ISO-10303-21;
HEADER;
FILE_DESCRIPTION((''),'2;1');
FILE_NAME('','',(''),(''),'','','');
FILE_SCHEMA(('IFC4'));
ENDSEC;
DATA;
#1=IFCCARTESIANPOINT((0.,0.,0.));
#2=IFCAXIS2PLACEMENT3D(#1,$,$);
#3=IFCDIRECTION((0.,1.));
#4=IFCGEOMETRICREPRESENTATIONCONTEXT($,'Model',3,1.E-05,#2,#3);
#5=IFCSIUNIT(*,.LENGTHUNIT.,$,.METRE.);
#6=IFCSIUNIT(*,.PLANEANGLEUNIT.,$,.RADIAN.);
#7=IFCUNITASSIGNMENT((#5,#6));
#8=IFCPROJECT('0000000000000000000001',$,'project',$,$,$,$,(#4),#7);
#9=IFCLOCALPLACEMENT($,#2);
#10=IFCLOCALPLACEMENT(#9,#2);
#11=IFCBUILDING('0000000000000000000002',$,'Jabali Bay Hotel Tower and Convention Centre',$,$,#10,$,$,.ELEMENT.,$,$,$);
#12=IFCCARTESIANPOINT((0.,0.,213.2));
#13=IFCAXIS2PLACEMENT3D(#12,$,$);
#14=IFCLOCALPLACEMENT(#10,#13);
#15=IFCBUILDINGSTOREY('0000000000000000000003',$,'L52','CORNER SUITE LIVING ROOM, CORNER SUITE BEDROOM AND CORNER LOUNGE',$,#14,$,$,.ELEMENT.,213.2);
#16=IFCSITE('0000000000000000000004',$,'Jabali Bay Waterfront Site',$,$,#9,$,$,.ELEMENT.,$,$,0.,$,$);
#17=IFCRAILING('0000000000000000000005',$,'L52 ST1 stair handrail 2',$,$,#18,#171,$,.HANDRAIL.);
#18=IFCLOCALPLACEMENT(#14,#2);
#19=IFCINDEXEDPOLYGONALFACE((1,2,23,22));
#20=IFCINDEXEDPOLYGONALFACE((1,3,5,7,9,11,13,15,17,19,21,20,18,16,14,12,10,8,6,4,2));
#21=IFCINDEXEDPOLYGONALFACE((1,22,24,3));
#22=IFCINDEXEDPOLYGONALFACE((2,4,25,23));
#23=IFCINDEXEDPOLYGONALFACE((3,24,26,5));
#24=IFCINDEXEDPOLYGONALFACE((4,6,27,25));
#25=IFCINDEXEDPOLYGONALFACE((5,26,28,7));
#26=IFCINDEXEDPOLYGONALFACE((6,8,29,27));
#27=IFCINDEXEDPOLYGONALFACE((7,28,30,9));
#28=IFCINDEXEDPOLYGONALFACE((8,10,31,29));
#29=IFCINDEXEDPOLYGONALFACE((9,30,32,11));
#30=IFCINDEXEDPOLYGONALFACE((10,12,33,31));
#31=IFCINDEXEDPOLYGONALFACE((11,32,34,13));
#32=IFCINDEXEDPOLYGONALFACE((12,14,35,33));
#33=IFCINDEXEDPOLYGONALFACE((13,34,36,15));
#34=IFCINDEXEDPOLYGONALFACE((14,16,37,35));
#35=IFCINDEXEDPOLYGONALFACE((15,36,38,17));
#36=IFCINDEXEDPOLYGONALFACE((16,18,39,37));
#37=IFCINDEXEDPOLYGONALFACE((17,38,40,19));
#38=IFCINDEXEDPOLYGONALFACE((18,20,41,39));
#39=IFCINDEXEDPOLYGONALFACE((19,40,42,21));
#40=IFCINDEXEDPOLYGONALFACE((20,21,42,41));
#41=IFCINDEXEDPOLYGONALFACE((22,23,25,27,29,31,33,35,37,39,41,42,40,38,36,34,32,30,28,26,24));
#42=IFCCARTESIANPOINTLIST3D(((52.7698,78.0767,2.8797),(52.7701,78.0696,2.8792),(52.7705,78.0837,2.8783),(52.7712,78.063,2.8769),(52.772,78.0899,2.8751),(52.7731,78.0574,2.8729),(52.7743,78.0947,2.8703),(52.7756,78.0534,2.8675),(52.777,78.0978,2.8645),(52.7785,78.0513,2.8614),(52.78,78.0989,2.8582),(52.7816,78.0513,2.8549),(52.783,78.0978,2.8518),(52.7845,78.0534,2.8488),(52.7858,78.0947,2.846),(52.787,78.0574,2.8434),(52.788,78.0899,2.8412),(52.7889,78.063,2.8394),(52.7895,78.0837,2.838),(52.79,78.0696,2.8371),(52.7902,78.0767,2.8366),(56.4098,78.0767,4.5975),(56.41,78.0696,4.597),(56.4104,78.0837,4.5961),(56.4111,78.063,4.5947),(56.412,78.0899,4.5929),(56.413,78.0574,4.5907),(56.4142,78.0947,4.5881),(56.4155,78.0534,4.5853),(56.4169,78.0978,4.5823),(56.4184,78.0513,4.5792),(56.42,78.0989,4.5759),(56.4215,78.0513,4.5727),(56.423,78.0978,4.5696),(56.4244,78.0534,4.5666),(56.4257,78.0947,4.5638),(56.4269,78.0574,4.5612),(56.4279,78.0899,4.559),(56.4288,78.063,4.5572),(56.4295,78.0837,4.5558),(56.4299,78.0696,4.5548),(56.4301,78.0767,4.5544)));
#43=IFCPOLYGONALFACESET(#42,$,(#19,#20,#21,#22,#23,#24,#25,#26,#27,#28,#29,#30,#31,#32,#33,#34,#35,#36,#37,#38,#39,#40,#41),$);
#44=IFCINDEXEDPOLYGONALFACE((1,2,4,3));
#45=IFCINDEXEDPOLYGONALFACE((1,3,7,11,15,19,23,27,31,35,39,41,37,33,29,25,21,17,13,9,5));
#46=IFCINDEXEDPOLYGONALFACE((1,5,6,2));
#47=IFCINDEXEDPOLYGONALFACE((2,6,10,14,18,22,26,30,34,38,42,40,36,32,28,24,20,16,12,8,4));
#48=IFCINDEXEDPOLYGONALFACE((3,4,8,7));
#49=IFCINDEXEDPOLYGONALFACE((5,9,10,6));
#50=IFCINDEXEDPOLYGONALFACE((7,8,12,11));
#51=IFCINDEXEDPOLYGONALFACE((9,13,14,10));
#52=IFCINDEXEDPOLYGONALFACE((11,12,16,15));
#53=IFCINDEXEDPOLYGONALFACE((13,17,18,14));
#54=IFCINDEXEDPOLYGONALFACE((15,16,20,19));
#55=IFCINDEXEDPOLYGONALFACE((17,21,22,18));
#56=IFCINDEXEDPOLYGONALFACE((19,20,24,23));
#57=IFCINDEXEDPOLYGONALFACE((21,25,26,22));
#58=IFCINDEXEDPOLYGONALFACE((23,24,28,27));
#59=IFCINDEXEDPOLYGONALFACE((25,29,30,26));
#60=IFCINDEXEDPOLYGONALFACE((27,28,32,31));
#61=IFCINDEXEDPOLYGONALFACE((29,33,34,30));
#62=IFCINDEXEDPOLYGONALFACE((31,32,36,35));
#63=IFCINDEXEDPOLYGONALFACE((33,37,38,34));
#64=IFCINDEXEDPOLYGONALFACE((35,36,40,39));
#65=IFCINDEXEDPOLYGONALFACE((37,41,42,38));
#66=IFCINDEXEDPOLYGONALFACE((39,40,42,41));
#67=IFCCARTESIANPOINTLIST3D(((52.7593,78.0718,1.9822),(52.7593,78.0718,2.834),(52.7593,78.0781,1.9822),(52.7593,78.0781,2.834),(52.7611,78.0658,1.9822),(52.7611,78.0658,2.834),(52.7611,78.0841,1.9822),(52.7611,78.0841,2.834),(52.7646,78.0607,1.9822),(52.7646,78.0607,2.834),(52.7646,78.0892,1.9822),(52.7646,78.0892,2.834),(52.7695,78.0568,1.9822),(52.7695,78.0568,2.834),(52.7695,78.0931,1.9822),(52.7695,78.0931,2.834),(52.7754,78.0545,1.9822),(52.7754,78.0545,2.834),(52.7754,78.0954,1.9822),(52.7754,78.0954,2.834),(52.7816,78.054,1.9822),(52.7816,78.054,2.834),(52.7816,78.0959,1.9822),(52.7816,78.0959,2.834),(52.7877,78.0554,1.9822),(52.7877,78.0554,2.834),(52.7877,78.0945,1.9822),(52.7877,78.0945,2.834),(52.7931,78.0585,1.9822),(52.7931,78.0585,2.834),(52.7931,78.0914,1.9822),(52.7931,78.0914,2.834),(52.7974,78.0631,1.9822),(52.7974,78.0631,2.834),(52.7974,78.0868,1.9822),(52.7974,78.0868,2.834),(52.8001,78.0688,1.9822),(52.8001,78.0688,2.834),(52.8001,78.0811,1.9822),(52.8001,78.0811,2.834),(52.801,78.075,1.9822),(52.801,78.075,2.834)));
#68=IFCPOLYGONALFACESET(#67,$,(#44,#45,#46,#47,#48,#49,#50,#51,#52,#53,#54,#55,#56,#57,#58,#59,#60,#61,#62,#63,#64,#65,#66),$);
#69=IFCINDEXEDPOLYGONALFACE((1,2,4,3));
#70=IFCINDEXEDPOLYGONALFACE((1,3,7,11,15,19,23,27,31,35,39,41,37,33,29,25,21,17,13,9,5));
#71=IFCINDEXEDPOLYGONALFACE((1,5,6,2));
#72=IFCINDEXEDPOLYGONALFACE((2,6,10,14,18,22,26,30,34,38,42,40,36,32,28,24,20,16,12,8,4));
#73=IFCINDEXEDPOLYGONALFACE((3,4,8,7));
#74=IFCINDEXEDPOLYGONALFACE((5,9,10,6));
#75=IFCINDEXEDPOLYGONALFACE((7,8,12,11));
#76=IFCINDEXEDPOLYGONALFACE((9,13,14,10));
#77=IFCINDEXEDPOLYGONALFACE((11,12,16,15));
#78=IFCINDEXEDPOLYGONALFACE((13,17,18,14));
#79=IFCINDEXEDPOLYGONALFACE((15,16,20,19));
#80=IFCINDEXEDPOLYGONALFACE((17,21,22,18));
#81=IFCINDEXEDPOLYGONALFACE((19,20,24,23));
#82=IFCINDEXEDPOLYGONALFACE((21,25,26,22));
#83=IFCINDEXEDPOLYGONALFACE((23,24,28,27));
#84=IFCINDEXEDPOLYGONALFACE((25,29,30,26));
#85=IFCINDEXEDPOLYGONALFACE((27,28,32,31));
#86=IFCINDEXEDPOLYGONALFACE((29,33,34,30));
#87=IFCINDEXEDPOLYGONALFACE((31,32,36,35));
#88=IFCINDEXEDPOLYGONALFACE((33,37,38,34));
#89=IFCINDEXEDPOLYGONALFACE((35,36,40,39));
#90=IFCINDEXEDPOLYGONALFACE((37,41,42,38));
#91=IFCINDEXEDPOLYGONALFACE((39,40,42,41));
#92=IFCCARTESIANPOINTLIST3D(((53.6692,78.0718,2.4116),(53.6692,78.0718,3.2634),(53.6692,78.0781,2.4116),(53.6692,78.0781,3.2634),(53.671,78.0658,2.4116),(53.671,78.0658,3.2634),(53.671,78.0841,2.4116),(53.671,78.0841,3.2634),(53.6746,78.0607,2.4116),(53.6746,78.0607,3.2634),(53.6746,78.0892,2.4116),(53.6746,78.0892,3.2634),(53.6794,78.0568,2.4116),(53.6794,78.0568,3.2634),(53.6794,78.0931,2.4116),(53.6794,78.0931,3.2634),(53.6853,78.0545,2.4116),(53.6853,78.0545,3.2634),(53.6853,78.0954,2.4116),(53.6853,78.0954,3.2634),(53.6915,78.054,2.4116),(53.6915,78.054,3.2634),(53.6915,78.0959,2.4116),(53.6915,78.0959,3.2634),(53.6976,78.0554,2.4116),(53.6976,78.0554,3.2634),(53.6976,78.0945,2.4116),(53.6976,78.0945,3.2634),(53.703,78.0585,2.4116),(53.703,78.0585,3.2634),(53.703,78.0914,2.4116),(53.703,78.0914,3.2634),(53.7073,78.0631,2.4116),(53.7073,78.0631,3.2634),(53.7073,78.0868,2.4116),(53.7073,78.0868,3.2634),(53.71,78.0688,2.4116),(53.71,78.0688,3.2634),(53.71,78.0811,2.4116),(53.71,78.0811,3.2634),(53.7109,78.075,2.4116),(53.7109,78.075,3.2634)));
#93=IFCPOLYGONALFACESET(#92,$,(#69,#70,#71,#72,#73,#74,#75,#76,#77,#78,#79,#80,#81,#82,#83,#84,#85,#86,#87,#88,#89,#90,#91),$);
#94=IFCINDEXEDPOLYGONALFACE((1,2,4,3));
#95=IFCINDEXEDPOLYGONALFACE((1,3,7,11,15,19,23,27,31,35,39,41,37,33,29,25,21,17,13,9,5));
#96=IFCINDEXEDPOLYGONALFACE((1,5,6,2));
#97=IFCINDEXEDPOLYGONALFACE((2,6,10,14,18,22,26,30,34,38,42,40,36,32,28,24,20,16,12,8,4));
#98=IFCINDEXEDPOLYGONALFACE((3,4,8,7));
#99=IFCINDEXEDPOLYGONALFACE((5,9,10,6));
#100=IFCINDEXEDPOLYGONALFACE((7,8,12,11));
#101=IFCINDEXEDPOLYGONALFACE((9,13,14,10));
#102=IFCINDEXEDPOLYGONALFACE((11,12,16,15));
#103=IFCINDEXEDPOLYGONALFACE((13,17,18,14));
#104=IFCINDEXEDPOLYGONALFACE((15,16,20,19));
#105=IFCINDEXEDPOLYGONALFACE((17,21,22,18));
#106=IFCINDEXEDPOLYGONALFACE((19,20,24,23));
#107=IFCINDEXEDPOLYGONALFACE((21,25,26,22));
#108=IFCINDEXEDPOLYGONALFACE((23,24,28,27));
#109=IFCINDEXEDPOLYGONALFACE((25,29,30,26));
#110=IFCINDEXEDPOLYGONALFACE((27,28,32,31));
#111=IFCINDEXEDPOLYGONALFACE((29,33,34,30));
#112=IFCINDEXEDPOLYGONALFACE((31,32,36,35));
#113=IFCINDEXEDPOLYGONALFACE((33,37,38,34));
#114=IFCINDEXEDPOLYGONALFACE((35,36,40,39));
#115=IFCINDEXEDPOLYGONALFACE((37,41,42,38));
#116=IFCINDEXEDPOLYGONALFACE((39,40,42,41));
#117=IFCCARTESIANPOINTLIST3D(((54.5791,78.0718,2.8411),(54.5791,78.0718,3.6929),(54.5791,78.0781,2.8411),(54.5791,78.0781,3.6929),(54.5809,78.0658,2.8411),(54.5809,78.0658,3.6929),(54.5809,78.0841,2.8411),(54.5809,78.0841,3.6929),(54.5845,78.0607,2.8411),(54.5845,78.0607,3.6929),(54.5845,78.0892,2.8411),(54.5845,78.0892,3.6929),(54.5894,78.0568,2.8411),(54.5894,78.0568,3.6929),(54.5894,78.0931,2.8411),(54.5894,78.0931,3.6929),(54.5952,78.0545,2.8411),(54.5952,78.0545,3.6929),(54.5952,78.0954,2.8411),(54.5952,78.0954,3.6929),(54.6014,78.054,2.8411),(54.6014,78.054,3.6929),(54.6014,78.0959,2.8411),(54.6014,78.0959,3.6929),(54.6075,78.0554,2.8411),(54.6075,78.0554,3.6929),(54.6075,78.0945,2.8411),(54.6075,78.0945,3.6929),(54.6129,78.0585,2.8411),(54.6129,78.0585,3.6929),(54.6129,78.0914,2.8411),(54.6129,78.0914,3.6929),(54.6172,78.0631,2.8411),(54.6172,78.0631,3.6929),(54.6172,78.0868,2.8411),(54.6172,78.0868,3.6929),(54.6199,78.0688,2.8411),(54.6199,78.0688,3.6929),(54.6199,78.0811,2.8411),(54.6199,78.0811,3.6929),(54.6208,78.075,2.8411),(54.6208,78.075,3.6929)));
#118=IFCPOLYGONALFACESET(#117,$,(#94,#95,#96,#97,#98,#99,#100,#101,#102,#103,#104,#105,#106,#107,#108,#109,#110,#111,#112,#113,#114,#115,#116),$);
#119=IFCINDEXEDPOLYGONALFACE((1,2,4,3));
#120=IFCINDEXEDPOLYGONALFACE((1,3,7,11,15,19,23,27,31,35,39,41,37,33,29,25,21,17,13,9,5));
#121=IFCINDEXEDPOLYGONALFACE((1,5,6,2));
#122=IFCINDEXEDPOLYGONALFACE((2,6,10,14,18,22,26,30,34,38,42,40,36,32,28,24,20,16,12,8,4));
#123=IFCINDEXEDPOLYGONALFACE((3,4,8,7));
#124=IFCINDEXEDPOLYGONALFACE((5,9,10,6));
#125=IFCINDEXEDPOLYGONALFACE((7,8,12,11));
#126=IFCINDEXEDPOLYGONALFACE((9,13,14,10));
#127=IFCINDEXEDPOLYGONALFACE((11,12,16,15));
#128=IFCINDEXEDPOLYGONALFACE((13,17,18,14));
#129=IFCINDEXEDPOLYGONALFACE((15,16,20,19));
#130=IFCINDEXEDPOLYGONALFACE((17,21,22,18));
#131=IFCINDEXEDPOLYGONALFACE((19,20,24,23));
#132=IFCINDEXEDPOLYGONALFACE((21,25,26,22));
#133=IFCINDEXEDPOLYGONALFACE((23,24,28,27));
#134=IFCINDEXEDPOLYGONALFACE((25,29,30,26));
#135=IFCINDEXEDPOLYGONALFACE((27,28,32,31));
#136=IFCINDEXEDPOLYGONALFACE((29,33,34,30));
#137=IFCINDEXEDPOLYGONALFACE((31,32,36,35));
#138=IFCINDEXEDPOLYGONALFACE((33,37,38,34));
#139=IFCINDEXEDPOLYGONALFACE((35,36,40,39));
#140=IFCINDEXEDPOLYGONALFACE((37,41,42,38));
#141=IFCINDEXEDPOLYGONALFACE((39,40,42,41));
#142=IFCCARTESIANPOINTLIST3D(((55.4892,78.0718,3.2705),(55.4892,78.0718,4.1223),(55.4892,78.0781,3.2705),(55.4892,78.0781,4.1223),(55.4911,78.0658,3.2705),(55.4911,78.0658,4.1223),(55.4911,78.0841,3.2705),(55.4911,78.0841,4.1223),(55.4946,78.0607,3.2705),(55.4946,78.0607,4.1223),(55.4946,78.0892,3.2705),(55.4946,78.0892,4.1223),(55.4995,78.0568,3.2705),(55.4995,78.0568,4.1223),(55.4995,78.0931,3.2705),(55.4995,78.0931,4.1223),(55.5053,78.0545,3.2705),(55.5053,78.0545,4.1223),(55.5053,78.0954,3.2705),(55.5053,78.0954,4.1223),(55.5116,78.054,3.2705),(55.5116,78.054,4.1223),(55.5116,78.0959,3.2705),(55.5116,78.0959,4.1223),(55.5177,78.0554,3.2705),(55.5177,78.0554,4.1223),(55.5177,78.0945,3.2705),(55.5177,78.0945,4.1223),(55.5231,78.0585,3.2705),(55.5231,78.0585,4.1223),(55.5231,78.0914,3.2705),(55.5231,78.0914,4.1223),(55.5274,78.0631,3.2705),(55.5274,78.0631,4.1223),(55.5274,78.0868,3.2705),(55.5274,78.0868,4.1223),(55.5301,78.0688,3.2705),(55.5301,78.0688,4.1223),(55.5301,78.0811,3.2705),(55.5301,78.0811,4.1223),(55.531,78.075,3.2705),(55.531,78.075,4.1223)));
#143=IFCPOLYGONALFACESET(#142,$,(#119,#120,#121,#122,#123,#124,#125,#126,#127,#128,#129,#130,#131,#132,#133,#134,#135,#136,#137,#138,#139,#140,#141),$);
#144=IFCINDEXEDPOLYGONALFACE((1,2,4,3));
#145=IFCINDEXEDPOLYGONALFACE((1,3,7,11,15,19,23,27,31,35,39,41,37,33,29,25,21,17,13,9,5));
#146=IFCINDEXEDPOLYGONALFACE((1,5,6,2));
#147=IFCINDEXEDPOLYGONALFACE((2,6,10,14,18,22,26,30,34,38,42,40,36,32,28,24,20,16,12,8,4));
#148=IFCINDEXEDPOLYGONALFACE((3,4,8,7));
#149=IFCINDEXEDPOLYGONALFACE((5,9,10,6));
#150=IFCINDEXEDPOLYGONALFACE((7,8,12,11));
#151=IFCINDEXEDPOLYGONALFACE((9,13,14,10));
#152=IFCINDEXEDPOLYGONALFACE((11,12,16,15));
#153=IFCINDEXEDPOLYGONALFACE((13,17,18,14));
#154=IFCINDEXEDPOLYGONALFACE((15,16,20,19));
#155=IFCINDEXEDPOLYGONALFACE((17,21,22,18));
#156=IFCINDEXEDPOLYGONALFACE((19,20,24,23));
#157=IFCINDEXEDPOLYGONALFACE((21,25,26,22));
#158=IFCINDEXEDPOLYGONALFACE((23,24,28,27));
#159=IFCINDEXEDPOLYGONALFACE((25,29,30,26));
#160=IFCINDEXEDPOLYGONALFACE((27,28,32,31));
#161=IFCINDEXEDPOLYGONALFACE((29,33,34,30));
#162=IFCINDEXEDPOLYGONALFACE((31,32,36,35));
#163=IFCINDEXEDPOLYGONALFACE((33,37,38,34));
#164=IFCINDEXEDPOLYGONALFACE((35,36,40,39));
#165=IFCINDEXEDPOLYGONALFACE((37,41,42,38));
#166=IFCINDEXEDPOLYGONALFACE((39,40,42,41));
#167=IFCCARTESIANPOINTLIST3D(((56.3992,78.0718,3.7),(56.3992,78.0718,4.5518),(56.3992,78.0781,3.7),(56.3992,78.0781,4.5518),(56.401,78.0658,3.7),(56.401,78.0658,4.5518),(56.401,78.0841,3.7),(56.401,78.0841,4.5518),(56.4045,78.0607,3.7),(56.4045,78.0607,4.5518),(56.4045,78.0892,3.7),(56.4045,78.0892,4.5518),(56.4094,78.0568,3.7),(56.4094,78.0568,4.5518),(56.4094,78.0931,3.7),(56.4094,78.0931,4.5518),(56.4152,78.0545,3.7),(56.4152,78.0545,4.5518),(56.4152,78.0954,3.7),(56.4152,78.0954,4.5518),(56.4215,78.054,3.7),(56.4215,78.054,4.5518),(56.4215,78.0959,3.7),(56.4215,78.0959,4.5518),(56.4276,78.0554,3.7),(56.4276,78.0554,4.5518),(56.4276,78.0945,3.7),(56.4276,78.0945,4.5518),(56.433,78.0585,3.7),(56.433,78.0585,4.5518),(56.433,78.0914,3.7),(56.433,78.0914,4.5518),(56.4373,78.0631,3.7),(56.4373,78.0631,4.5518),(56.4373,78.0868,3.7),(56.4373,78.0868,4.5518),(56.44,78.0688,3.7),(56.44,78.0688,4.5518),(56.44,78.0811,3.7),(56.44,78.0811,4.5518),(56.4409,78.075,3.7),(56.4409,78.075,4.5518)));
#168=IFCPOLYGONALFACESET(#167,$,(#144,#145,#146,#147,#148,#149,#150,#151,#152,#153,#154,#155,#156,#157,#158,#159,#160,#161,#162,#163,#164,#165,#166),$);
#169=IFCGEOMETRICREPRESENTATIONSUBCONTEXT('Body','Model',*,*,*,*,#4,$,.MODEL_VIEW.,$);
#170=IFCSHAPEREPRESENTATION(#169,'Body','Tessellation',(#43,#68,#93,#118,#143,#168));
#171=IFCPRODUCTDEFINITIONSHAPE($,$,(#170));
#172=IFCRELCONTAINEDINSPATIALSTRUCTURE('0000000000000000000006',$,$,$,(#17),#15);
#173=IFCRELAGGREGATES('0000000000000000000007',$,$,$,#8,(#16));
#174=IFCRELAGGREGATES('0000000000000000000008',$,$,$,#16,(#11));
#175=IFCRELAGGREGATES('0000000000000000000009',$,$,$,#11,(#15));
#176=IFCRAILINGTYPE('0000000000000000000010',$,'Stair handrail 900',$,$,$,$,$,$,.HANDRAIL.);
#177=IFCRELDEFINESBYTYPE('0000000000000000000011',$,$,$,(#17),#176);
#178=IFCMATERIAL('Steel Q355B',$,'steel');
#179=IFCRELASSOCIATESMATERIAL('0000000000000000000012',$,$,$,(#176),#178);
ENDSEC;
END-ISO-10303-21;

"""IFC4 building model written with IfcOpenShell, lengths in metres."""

from ifc_helpers import new_model, si_unit, direction, frame, origin, origin_2d, place, context, subcontext, project, spatial, circle, extrude, material, type_object, element, save


model = new_model("IFC4")

# Units and contexts
model_context = context("Model", 3, precision=1e-05, world=origin(), true_north=direction((0.0, 1.0)))
body_context = subcontext(model_context, "Body", "Model", "MODEL_VIEW")
ifc_project = project(units=[si_unit("LENGTHUNIT", "METRE"), si_unit("PLANEANGLEUNIT", "RADIAN")], contexts=[model_context])

# Site, building, storey
site_placement = place(None, origin())
site = spatial("IfcSite", under=ifc_project, at=site_placement, Name="Jabali Bay Waterfront Site", CompositionType="ELEMENT", RefElevation=0.0)
building_placement = place(site_placement, origin())
building = spatial("IfcBuilding", under=site, at=building_placement, Name="Jabali Bay Hotel Tower and Convention Centre", CompositionType="ELEMENT")
storey_placement = place(building_placement, frame((0.0, 0.0, 213.2)))
storey = spatial("IfcBuildingStorey", under=building, at=storey_placement, Name="L52", Description="CORNER SUITE LIVING ROOM, CORNER SUITE BEDROOM AND CORNER LOUNGE", CompositionType="ELEMENT", Elevation=213.2)

# Railing
ifc_material_1 = material(Name="Steel Q355B", Category="steel")
railing_type = type_object("IfcRailingType", Name="Stair handrail 900", PredefinedType="HANDRAIL", material=ifc_material_1)
railing_placement = place(storey_placement, frame((52.78, 78.075, 1.9822)))
element("IfcRailing", 1, at=railing_placement, inside=storey, type_object=railing_type, Name="L52 ST1 stair handrail 2", PredefinedType="HANDRAIL", context=body_context, shape_type="SweptSolid", body=[
    extrude(circle(Radius=0.0239, at=origin_2d()), frame((0.0, 0.0, 0.876), z_axis=(0.904351, 0.0, 0.42679), x_axis=(0.0, 1.0, 0.0)), (0.0, 0.0, 1.0), 4.0249),
    extrude(circle(Radius=0.021, at=origin_2d()), origin(), (0.0, 0.0, 1.0), 0.8518),
    extrude(circle(Radius=0.021, at=origin_2d()), frame((0.9099, 0.0, 0.4294)), (0.0, 0.0, 1.0), 0.8518),
    extrude(circle(Radius=0.021, at=origin_2d()), frame((1.8198, 0.0, 0.8589)), (0.0, 0.0, 1.0), 0.8518),
    extrude(circle(Radius=0.021, at=origin_2d()), frame((2.73, 0.0, 1.2883)), (0.0, 0.0, 1.0), 0.8518),
    extrude(circle(Radius=0.021, at=origin_2d()), frame((3.6399, 0.0, 1.7178)), (0.0, 0.0, 1.0), 0.8518),
])

save(model, "model.ifc")
